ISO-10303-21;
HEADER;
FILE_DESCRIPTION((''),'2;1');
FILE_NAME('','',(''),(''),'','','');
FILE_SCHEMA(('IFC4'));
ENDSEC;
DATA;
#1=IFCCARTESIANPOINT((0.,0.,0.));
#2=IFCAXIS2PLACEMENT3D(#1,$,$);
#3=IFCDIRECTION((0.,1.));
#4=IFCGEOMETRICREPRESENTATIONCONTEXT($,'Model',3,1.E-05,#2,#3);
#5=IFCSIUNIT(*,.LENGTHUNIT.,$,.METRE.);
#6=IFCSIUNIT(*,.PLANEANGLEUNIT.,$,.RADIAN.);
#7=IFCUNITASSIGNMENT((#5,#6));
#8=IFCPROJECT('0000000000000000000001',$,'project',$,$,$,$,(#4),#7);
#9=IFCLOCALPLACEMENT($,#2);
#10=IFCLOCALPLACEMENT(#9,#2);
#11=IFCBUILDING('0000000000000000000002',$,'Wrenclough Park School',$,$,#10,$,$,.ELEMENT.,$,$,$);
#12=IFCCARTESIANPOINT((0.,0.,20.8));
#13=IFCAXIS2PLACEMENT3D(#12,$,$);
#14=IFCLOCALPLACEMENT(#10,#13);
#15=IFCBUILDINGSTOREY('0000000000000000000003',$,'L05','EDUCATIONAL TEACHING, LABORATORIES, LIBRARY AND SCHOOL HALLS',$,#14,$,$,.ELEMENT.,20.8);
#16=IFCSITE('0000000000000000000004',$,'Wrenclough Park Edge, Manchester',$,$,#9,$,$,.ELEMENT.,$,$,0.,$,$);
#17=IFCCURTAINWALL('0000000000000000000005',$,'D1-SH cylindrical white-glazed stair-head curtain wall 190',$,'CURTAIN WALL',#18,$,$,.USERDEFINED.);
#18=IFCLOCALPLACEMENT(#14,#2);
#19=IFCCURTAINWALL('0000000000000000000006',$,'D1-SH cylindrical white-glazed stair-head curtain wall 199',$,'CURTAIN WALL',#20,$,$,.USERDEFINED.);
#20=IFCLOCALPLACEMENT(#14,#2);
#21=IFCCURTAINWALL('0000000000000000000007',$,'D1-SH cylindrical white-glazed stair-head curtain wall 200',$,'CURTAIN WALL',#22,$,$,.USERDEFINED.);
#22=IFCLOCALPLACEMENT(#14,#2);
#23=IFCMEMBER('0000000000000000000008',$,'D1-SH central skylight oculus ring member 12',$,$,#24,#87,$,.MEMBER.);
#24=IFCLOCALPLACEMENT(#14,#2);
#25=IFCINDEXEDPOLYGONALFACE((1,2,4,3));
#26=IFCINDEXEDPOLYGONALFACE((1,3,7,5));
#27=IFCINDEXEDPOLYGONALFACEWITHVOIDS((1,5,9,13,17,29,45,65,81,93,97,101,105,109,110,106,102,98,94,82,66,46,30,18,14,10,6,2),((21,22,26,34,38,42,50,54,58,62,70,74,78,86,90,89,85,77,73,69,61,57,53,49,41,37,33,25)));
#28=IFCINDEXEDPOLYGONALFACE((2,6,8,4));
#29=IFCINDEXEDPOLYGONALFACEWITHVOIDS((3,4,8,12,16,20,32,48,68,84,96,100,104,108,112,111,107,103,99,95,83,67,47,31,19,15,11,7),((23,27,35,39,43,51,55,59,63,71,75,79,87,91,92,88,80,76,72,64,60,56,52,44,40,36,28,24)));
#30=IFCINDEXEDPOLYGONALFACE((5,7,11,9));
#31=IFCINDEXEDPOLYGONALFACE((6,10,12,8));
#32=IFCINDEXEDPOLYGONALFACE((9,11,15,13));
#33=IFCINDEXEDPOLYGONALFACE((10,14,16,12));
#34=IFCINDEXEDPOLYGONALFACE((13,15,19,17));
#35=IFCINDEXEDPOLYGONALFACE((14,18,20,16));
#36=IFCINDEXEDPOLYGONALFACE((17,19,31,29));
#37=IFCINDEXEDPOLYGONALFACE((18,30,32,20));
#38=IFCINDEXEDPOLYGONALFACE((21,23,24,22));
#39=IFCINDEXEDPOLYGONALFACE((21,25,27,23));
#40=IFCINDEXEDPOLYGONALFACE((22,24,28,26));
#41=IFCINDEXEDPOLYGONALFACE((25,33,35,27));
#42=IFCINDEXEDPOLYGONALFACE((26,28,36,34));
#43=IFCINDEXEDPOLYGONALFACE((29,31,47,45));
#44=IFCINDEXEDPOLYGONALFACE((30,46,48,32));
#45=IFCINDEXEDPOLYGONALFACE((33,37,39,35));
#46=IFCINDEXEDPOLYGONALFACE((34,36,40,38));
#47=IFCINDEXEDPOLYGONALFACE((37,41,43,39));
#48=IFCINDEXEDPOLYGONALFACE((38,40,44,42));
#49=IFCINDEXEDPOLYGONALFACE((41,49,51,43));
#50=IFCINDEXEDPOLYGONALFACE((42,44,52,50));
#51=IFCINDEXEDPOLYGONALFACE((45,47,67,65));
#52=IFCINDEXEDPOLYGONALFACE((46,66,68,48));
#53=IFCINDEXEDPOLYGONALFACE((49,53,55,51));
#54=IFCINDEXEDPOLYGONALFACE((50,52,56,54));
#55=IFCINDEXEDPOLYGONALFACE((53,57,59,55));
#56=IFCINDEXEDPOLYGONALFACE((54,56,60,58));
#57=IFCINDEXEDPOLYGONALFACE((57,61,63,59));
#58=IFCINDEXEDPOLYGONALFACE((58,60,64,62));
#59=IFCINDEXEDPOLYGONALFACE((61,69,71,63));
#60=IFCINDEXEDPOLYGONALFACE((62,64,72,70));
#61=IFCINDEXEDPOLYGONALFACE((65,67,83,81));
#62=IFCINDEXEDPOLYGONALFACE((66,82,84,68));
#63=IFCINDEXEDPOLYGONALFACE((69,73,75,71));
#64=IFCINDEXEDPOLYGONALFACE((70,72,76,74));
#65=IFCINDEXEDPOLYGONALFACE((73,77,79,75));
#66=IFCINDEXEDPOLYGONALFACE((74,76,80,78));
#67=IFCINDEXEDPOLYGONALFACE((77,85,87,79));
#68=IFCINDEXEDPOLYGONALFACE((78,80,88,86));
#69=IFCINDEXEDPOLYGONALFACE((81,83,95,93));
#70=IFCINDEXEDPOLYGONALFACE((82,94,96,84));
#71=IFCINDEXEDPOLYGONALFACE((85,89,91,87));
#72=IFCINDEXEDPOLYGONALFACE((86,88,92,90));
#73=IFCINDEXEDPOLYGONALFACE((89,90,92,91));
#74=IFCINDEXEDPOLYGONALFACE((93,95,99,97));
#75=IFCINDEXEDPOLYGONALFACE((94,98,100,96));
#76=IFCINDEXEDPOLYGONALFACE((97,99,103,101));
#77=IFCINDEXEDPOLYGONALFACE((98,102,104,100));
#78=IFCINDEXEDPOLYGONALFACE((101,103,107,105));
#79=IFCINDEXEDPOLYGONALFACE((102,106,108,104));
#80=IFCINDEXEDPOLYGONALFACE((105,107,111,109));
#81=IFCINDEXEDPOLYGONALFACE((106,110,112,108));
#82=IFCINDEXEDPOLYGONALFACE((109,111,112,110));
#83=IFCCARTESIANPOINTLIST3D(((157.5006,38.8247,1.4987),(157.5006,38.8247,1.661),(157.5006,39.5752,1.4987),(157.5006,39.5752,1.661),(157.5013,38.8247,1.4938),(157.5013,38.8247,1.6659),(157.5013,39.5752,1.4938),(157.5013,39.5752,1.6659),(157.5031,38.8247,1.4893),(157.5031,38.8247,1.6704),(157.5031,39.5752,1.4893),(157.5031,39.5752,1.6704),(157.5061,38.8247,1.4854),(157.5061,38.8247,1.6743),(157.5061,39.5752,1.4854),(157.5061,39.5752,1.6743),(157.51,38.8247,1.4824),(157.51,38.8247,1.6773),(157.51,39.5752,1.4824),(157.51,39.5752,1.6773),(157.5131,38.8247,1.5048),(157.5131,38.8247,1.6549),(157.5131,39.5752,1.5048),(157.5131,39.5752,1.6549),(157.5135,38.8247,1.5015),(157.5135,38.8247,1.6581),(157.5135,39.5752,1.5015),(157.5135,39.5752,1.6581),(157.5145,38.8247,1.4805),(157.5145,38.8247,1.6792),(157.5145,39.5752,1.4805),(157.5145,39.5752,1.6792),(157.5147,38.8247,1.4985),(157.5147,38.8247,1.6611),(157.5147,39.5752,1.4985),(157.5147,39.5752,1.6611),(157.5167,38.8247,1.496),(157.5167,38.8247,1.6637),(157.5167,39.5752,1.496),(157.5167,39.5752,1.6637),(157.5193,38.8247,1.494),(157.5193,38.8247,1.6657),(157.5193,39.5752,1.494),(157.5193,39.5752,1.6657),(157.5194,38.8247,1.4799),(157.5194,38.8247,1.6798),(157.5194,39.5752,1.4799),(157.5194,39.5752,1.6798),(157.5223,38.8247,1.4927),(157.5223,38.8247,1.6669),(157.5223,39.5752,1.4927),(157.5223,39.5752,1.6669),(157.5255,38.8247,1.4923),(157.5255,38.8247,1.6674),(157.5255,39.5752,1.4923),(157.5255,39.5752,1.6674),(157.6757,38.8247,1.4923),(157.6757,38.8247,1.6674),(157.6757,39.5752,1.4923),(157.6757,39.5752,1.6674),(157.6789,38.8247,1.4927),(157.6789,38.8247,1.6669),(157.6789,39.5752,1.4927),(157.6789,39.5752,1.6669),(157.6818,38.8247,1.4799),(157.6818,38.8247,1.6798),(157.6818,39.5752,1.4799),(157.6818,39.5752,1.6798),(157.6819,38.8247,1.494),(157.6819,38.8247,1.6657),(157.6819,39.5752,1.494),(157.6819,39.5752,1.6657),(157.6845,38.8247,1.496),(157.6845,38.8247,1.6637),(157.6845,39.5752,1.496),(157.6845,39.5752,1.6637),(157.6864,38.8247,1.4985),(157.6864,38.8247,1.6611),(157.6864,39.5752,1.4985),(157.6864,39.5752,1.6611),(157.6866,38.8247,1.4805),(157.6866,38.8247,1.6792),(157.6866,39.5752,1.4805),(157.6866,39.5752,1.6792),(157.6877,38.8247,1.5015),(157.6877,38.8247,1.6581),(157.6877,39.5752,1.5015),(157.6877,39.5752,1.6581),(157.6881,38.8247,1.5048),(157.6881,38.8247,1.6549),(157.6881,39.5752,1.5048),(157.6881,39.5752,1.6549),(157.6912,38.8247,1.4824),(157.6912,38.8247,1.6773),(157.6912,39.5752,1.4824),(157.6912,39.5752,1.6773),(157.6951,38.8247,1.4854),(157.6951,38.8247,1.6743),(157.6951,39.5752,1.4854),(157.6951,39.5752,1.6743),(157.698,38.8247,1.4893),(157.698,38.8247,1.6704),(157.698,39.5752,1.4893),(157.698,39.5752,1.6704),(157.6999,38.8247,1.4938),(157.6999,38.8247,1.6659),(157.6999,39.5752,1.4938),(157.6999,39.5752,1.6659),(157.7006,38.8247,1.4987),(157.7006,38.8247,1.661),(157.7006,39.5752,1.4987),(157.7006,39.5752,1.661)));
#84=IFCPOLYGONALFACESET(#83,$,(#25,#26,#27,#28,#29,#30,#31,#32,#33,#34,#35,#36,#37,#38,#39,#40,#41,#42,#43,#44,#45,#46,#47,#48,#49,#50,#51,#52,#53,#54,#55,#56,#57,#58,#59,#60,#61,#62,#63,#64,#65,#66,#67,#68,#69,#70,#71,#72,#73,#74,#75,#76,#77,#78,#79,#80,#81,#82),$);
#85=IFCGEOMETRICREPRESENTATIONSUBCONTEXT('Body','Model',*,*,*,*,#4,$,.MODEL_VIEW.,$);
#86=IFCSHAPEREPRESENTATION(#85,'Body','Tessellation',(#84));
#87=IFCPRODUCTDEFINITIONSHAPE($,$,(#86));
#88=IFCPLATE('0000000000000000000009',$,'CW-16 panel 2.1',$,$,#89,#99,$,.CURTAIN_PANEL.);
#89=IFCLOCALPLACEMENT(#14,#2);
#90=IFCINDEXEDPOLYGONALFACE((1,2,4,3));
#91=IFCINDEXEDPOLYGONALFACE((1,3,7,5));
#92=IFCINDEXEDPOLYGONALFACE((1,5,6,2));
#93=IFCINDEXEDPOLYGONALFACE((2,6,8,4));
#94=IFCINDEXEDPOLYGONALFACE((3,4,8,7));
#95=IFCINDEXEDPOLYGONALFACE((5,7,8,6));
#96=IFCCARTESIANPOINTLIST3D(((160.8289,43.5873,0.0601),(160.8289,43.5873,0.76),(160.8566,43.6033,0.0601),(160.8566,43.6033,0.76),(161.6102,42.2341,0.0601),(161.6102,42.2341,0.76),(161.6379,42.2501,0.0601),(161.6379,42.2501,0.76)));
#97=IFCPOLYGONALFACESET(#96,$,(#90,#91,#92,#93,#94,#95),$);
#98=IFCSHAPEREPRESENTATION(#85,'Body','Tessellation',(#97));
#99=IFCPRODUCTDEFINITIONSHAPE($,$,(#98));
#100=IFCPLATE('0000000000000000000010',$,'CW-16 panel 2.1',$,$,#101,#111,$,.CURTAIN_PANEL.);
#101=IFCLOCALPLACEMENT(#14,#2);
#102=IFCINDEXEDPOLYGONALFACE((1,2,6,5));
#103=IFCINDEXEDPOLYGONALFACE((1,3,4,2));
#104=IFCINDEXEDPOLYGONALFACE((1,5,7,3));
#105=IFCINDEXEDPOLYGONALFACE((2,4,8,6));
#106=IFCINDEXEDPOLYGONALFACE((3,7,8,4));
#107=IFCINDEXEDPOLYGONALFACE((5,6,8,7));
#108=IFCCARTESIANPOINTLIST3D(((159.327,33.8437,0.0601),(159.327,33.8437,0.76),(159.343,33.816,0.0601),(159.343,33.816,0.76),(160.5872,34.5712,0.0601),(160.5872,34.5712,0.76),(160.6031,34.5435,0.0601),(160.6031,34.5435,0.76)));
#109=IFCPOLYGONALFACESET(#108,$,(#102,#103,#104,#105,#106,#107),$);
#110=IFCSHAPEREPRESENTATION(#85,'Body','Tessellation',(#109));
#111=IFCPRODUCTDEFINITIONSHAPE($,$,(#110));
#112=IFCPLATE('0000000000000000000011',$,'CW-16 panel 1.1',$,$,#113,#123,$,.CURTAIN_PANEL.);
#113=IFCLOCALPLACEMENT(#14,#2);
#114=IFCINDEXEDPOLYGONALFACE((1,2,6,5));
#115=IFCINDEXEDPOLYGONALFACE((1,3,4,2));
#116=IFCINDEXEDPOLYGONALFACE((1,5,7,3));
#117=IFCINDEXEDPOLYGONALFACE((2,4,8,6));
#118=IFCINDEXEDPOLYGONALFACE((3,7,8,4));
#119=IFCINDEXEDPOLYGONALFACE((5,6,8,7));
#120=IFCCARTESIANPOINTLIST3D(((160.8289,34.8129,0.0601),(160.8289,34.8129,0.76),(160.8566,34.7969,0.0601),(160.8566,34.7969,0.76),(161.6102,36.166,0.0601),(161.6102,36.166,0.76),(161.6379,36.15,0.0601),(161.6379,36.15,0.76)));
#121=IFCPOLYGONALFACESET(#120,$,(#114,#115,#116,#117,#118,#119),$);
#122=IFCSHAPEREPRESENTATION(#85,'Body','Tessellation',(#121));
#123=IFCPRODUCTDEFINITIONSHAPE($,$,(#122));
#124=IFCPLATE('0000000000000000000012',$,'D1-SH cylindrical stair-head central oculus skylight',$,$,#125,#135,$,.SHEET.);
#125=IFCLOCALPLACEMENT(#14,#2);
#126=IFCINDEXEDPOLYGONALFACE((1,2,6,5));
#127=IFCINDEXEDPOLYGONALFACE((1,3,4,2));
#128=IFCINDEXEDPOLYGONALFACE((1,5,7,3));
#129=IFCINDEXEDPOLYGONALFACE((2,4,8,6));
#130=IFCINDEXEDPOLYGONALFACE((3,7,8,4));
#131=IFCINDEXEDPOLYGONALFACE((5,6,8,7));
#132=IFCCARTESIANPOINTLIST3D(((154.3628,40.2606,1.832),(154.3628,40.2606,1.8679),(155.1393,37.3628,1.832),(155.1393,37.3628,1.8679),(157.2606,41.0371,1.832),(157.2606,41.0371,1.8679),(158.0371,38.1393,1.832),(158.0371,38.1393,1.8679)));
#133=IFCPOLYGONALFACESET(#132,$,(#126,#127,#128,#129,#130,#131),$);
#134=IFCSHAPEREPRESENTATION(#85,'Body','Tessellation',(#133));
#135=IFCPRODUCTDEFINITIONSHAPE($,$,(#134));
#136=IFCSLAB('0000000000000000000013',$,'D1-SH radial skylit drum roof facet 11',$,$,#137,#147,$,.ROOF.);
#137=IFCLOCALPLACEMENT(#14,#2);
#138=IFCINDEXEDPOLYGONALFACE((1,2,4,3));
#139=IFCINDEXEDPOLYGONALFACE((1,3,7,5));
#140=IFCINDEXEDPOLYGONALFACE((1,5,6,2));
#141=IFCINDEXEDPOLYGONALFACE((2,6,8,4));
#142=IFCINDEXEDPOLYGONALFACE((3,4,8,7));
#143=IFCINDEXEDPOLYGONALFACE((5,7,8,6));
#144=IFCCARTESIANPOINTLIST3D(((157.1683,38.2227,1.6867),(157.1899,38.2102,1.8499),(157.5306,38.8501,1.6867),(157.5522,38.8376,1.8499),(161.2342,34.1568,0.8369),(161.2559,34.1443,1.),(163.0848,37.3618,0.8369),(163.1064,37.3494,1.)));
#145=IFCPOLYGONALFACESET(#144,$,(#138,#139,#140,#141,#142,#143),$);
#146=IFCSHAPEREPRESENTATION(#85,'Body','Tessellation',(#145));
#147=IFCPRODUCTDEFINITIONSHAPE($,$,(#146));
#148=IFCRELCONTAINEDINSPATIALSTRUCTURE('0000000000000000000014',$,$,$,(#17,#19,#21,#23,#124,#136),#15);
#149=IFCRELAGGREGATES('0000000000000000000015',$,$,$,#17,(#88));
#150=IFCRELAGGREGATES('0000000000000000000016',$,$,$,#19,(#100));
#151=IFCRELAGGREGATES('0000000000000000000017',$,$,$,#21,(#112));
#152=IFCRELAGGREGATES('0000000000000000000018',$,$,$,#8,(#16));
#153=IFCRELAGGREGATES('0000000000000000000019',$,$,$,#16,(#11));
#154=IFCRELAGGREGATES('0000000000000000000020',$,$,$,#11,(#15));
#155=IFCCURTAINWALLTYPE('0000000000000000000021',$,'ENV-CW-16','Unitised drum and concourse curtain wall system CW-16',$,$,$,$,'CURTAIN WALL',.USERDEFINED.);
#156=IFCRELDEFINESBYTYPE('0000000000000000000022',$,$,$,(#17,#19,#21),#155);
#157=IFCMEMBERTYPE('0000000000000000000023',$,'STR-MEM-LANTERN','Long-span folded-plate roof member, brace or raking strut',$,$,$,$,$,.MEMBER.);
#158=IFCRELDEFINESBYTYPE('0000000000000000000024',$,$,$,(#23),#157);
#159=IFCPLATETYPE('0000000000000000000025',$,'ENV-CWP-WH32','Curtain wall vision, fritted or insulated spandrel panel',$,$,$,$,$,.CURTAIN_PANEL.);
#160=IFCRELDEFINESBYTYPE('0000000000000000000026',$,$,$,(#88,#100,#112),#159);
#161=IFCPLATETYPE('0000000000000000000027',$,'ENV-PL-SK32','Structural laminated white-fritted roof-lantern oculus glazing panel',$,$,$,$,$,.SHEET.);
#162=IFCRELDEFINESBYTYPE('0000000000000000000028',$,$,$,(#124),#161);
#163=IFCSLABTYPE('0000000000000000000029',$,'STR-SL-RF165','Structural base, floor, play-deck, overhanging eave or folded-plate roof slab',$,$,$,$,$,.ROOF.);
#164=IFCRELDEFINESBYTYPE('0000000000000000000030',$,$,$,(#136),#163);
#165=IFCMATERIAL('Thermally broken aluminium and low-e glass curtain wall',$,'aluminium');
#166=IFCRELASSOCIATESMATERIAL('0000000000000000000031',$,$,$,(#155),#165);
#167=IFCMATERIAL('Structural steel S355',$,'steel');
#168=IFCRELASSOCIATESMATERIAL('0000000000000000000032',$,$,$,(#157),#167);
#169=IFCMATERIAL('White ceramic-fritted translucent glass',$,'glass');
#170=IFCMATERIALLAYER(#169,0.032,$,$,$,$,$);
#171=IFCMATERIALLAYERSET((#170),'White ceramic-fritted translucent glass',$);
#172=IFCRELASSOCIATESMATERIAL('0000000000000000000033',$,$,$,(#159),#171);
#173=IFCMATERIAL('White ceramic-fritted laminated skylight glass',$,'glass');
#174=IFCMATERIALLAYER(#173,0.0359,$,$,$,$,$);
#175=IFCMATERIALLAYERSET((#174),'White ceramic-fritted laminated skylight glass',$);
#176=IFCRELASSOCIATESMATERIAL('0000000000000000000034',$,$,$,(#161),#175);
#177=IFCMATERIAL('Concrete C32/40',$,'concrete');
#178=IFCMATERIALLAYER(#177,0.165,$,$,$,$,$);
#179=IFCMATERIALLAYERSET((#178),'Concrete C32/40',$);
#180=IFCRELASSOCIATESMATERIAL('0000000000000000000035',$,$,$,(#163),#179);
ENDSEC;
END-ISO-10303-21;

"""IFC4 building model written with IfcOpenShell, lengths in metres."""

from ifc_helpers import new_model, si_unit, direction, frame, origin, origin_2d, place, context, subcontext, project, spatial, polyline, rectangle, hollow_rectangle, outline, extrude, material, layer, layer_set, material_profile, profile_set, type_object, element, aggregate, save


model = new_model("IFC4")

# Units and contexts
model_context = context("Model", 3, precision=1e-05, world=origin(), true_north=direction((0.0, 1.0)))
body_context = subcontext(model_context, "Body", "Model", "MODEL_VIEW")
ifc_project = project(units=[si_unit("LENGTHUNIT", "METRE"), si_unit("PLANEANGLEUNIT", "RADIAN")], contexts=[model_context])

# Site, building, storey
site_placement = place(None, origin())
site = spatial("IfcSite", under=ifc_project, at=site_placement, Name="Wrenclough Park Edge, Manchester", CompositionType="ELEMENT", RefElevation=0.0)
building_placement = place(site_placement, origin())
building = spatial("IfcBuilding", under=site, at=building_placement, Name="Wrenclough Park School", CompositionType="ELEMENT")
storey_placement = place(building_placement, frame((0.0, 0.0, 20.8)))
storey = spatial("IfcBuildingStorey", under=building, at=storey_placement, Name="L05", Description="EDUCATIONAL TEACHING, LABORATORIES, LIBRARY AND SCHOOL HALLS", CompositionType="ELEMENT", Elevation=20.8)

# Shared definitions
ifc_material_1 = material(Name="Structural steel S355", Category="steel")

# Curtain wall
ifc_material_2 = material(Name="Thermally broken aluminium and low-e glass curtain wall", Category="aluminium")
curtain_wall_type = type_object("IfcCurtainWallType", Name="ENV-CW-16", Description="Unitised drum and concourse curtain wall system CW-16", ElementType="CURTAIN WALL", PredefinedType="USERDEFINED", material=ifc_material_2)
curtain_wall_1_placement = place(storey_placement, origin())
curtain_wall_1 = element("IfcCurtainWall", 1, at=curtain_wall_1_placement, inside=storey, type_object=curtain_wall_type, Name="D1-SH cylindrical white-glazed stair-head curtain wall 190", ObjectType="CURTAIN WALL", PredefinedType="USERDEFINED")

# Curtain walls
curtain_wall_2_placement = place(storey_placement, origin())
curtain_wall_2 = element("IfcCurtainWall", 2, at=curtain_wall_2_placement, inside=storey, type_object=curtain_wall_type, Name="D1-SH cylindrical white-glazed stair-head curtain wall 199", ObjectType="CURTAIN WALL", PredefinedType="USERDEFINED")
curtain_wall_3_placement = place(storey_placement, origin())
curtain_wall_3 = element("IfcCurtainWall", 3, at=curtain_wall_3_placement, inside=storey, type_object=curtain_wall_type, Name="D1-SH cylindrical white-glazed stair-head curtain wall 200", ObjectType="CURTAIN WALL", PredefinedType="USERDEFINED")

# Member
ifc_material_profile_1 = material_profile(ifc_material_1, hollow_rectangle(XDim=0.2, YDim=0.2, WallThickness=0.0125, InnerFilletRadius=0.0125, OuterFilletRadius=0.0188, at=origin_2d()), Name="SHS 200x200x12.5")
ifc_profile_set_1 = profile_set([ifc_material_profile_1], Name="Structural steel S355")
member_type_1 = type_object("IfcMemberType", Name="STR-MEM-LANTERN", Description="Long-span folded-plate roof member, brace or raking strut", PredefinedType="MEMBER", material=ifc_profile_set_1)
member_1_placement = place(storey_placement, frame((157.6006, 38.8247, 1.5798), z_axis=(0.0, 1.0, 0.0), x_axis=(-1.0, 0.0, 0.0)))
element("IfcMember", 4, at=member_1_placement, inside=storey, type_object=member_type_1, Name="D1-SH central skylight oculus ring member 12", PredefinedType="MEMBER", context=body_context, shape_type="SweptSolid", body=[
    extrude(hollow_rectangle(XDim=0.2, YDim=0.2, WallThickness=0.0125, InnerFilletRadius=0.0125, OuterFilletRadius=0.0188, at=origin_2d()), origin(), (0.0, 0.0, 1.0), 0.7505),
])

# Plates
ifc_material_3 = material(Name="White ceramic-fritted translucent glass", Category="glass")
ifc_layer_1 = layer(ifc_material_3, 0.032)
ifc_layer_set_1 = layer_set([ifc_layer_1], Name="White ceramic-fritted translucent glass")
plate_type_1 = type_object("IfcPlateType", Name="ENV-CWP-WH32", Description="Curtain wall vision, fritted or insulated spandrel panel", PredefinedType="CURTAIN_PANEL", material=ifc_layer_set_1)
plate_1_placement = place(storey_placement, frame((161.2334, 42.9187, 0.0601), z_axis=(0.0, 0.0, 1.0), x_axis=(-0.500015, 0.866017, 0.0)))
plate_1 = element("IfcPlate", 5, at=plate_1_placement, type_object=plate_type_1, Name="CW-16 panel 2.1", PredefinedType="CURTAIN_PANEL", context=body_context, shape_type="SweptSolid", body=[
    extrude(rectangle(XDim=1.5625, YDim=0.032, at=origin_2d()), origin(), (0.0, 0.0, 1.0), 0.7),
])
aggregate(curtain_wall_1, [plate_1])
plate_2_placement = place(storey_placement, frame((159.9651, 34.1936, 0.0601), z_axis=(0.0, 0.0, 1.0), x_axis=(0.866024, 0.500003, 0.0)))
plate_2 = element("IfcPlate", 6, at=plate_2_placement, type_object=plate_type_1, Name="CW-16 panel 2.1", PredefinedType="CURTAIN_PANEL", context=body_context, shape_type="SweptSolid", body=[
    extrude(rectangle(XDim=1.4551, YDim=0.032, at=origin_2d()), origin(), (0.0, 0.0, 1.0), 0.7),
])
aggregate(curtain_wall_2, [plate_2])
plate_3_placement = place(storey_placement, frame((161.2334, 35.4814, 0.0601), z_axis=(0.0, 0.0, 1.0), x_axis=(0.500015, 0.866017, 0.0)))
plate_3 = element("IfcPlate", 7, at=plate_3_placement, type_object=plate_type_1, Name="CW-16 panel 1.1", PredefinedType="CURTAIN_PANEL", context=body_context, shape_type="SweptSolid", body=[
    extrude(rectangle(XDim=1.5625, YDim=0.032, at=origin_2d()), origin(), (0.0, 0.0, 1.0), 0.7),
])
aggregate(curtain_wall_3, [plate_3])
ifc_material_4 = material(Name="White ceramic-fritted laminated skylight glass", Category="glass")
ifc_layer_2 = layer(ifc_material_4, 0.0359)
ifc_layer_set_2 = layer_set([ifc_layer_2], Name="White ceramic-fritted laminated skylight glass")
plate_type_2 = type_object("IfcPlateType", Name="ENV-PL-SK32", Description="Structural laminated white-fritted roof-lantern oculus glazing panel", PredefinedType="SHEET", material=ifc_layer_set_2)
plate_4_placement = place(storey_placement, frame((156.2, 39.2, 1.832), z_axis=(0.0, 0.0, 1.0), x_axis=(0.965926, 0.258819, 0.0)))
element("IfcPlate", 8, at=plate_4_placement, inside=storey, type_object=plate_type_2, Name="D1-SH cylindrical stair-head central oculus skylight", PredefinedType="SHEET", context=body_context, shape_type="SweptSolid", body=[
    extrude(rectangle(XDim=3.0, YDim=3.0, at=origin_2d()), origin(), (0.0, 0.0, 1.0), 0.0359),
])

# Slab
ifc_material_5 = material(Name="Concrete C32/40", Category="concrete")
ifc_layer_3 = layer(ifc_material_5, 0.165)
ifc_layer_set_3 = layer_set([ifc_layer_3], Name="Concrete C32/40")
slab_type = type_object("IfcSlabType", Name="STR-SL-RF165", Description="Structural base, floor, play-deck, overhanging eave or folded-plate roof slab", PredefinedType="ROOF", material=ifc_layer_set_3)
slab_placement = place(storey_placement, frame((161.2559, 34.1443, 1.0), z_axis=(0.130985, -0.07563, 0.988495), x_axis=(0.500027, 0.86601, 0.000001)))
element("IfcSlab", 9, at=slab_placement, inside=storey, type_object=slab_type, Name="D1-SH radial skylit drum roof facet 11", PredefinedType="ROOF", context=body_context, shape_type="SweptSolid", body=[
    extrude(outline(polyline([(0.0, 0.0), (3.701, 0.0), (2.2126, 5.6188), (1.4881, 5.6188), (0.0, 0.0)])), origin(), (0.0, 0.0, -1.0), 0.165),
])

save(model, "model.ifc")
